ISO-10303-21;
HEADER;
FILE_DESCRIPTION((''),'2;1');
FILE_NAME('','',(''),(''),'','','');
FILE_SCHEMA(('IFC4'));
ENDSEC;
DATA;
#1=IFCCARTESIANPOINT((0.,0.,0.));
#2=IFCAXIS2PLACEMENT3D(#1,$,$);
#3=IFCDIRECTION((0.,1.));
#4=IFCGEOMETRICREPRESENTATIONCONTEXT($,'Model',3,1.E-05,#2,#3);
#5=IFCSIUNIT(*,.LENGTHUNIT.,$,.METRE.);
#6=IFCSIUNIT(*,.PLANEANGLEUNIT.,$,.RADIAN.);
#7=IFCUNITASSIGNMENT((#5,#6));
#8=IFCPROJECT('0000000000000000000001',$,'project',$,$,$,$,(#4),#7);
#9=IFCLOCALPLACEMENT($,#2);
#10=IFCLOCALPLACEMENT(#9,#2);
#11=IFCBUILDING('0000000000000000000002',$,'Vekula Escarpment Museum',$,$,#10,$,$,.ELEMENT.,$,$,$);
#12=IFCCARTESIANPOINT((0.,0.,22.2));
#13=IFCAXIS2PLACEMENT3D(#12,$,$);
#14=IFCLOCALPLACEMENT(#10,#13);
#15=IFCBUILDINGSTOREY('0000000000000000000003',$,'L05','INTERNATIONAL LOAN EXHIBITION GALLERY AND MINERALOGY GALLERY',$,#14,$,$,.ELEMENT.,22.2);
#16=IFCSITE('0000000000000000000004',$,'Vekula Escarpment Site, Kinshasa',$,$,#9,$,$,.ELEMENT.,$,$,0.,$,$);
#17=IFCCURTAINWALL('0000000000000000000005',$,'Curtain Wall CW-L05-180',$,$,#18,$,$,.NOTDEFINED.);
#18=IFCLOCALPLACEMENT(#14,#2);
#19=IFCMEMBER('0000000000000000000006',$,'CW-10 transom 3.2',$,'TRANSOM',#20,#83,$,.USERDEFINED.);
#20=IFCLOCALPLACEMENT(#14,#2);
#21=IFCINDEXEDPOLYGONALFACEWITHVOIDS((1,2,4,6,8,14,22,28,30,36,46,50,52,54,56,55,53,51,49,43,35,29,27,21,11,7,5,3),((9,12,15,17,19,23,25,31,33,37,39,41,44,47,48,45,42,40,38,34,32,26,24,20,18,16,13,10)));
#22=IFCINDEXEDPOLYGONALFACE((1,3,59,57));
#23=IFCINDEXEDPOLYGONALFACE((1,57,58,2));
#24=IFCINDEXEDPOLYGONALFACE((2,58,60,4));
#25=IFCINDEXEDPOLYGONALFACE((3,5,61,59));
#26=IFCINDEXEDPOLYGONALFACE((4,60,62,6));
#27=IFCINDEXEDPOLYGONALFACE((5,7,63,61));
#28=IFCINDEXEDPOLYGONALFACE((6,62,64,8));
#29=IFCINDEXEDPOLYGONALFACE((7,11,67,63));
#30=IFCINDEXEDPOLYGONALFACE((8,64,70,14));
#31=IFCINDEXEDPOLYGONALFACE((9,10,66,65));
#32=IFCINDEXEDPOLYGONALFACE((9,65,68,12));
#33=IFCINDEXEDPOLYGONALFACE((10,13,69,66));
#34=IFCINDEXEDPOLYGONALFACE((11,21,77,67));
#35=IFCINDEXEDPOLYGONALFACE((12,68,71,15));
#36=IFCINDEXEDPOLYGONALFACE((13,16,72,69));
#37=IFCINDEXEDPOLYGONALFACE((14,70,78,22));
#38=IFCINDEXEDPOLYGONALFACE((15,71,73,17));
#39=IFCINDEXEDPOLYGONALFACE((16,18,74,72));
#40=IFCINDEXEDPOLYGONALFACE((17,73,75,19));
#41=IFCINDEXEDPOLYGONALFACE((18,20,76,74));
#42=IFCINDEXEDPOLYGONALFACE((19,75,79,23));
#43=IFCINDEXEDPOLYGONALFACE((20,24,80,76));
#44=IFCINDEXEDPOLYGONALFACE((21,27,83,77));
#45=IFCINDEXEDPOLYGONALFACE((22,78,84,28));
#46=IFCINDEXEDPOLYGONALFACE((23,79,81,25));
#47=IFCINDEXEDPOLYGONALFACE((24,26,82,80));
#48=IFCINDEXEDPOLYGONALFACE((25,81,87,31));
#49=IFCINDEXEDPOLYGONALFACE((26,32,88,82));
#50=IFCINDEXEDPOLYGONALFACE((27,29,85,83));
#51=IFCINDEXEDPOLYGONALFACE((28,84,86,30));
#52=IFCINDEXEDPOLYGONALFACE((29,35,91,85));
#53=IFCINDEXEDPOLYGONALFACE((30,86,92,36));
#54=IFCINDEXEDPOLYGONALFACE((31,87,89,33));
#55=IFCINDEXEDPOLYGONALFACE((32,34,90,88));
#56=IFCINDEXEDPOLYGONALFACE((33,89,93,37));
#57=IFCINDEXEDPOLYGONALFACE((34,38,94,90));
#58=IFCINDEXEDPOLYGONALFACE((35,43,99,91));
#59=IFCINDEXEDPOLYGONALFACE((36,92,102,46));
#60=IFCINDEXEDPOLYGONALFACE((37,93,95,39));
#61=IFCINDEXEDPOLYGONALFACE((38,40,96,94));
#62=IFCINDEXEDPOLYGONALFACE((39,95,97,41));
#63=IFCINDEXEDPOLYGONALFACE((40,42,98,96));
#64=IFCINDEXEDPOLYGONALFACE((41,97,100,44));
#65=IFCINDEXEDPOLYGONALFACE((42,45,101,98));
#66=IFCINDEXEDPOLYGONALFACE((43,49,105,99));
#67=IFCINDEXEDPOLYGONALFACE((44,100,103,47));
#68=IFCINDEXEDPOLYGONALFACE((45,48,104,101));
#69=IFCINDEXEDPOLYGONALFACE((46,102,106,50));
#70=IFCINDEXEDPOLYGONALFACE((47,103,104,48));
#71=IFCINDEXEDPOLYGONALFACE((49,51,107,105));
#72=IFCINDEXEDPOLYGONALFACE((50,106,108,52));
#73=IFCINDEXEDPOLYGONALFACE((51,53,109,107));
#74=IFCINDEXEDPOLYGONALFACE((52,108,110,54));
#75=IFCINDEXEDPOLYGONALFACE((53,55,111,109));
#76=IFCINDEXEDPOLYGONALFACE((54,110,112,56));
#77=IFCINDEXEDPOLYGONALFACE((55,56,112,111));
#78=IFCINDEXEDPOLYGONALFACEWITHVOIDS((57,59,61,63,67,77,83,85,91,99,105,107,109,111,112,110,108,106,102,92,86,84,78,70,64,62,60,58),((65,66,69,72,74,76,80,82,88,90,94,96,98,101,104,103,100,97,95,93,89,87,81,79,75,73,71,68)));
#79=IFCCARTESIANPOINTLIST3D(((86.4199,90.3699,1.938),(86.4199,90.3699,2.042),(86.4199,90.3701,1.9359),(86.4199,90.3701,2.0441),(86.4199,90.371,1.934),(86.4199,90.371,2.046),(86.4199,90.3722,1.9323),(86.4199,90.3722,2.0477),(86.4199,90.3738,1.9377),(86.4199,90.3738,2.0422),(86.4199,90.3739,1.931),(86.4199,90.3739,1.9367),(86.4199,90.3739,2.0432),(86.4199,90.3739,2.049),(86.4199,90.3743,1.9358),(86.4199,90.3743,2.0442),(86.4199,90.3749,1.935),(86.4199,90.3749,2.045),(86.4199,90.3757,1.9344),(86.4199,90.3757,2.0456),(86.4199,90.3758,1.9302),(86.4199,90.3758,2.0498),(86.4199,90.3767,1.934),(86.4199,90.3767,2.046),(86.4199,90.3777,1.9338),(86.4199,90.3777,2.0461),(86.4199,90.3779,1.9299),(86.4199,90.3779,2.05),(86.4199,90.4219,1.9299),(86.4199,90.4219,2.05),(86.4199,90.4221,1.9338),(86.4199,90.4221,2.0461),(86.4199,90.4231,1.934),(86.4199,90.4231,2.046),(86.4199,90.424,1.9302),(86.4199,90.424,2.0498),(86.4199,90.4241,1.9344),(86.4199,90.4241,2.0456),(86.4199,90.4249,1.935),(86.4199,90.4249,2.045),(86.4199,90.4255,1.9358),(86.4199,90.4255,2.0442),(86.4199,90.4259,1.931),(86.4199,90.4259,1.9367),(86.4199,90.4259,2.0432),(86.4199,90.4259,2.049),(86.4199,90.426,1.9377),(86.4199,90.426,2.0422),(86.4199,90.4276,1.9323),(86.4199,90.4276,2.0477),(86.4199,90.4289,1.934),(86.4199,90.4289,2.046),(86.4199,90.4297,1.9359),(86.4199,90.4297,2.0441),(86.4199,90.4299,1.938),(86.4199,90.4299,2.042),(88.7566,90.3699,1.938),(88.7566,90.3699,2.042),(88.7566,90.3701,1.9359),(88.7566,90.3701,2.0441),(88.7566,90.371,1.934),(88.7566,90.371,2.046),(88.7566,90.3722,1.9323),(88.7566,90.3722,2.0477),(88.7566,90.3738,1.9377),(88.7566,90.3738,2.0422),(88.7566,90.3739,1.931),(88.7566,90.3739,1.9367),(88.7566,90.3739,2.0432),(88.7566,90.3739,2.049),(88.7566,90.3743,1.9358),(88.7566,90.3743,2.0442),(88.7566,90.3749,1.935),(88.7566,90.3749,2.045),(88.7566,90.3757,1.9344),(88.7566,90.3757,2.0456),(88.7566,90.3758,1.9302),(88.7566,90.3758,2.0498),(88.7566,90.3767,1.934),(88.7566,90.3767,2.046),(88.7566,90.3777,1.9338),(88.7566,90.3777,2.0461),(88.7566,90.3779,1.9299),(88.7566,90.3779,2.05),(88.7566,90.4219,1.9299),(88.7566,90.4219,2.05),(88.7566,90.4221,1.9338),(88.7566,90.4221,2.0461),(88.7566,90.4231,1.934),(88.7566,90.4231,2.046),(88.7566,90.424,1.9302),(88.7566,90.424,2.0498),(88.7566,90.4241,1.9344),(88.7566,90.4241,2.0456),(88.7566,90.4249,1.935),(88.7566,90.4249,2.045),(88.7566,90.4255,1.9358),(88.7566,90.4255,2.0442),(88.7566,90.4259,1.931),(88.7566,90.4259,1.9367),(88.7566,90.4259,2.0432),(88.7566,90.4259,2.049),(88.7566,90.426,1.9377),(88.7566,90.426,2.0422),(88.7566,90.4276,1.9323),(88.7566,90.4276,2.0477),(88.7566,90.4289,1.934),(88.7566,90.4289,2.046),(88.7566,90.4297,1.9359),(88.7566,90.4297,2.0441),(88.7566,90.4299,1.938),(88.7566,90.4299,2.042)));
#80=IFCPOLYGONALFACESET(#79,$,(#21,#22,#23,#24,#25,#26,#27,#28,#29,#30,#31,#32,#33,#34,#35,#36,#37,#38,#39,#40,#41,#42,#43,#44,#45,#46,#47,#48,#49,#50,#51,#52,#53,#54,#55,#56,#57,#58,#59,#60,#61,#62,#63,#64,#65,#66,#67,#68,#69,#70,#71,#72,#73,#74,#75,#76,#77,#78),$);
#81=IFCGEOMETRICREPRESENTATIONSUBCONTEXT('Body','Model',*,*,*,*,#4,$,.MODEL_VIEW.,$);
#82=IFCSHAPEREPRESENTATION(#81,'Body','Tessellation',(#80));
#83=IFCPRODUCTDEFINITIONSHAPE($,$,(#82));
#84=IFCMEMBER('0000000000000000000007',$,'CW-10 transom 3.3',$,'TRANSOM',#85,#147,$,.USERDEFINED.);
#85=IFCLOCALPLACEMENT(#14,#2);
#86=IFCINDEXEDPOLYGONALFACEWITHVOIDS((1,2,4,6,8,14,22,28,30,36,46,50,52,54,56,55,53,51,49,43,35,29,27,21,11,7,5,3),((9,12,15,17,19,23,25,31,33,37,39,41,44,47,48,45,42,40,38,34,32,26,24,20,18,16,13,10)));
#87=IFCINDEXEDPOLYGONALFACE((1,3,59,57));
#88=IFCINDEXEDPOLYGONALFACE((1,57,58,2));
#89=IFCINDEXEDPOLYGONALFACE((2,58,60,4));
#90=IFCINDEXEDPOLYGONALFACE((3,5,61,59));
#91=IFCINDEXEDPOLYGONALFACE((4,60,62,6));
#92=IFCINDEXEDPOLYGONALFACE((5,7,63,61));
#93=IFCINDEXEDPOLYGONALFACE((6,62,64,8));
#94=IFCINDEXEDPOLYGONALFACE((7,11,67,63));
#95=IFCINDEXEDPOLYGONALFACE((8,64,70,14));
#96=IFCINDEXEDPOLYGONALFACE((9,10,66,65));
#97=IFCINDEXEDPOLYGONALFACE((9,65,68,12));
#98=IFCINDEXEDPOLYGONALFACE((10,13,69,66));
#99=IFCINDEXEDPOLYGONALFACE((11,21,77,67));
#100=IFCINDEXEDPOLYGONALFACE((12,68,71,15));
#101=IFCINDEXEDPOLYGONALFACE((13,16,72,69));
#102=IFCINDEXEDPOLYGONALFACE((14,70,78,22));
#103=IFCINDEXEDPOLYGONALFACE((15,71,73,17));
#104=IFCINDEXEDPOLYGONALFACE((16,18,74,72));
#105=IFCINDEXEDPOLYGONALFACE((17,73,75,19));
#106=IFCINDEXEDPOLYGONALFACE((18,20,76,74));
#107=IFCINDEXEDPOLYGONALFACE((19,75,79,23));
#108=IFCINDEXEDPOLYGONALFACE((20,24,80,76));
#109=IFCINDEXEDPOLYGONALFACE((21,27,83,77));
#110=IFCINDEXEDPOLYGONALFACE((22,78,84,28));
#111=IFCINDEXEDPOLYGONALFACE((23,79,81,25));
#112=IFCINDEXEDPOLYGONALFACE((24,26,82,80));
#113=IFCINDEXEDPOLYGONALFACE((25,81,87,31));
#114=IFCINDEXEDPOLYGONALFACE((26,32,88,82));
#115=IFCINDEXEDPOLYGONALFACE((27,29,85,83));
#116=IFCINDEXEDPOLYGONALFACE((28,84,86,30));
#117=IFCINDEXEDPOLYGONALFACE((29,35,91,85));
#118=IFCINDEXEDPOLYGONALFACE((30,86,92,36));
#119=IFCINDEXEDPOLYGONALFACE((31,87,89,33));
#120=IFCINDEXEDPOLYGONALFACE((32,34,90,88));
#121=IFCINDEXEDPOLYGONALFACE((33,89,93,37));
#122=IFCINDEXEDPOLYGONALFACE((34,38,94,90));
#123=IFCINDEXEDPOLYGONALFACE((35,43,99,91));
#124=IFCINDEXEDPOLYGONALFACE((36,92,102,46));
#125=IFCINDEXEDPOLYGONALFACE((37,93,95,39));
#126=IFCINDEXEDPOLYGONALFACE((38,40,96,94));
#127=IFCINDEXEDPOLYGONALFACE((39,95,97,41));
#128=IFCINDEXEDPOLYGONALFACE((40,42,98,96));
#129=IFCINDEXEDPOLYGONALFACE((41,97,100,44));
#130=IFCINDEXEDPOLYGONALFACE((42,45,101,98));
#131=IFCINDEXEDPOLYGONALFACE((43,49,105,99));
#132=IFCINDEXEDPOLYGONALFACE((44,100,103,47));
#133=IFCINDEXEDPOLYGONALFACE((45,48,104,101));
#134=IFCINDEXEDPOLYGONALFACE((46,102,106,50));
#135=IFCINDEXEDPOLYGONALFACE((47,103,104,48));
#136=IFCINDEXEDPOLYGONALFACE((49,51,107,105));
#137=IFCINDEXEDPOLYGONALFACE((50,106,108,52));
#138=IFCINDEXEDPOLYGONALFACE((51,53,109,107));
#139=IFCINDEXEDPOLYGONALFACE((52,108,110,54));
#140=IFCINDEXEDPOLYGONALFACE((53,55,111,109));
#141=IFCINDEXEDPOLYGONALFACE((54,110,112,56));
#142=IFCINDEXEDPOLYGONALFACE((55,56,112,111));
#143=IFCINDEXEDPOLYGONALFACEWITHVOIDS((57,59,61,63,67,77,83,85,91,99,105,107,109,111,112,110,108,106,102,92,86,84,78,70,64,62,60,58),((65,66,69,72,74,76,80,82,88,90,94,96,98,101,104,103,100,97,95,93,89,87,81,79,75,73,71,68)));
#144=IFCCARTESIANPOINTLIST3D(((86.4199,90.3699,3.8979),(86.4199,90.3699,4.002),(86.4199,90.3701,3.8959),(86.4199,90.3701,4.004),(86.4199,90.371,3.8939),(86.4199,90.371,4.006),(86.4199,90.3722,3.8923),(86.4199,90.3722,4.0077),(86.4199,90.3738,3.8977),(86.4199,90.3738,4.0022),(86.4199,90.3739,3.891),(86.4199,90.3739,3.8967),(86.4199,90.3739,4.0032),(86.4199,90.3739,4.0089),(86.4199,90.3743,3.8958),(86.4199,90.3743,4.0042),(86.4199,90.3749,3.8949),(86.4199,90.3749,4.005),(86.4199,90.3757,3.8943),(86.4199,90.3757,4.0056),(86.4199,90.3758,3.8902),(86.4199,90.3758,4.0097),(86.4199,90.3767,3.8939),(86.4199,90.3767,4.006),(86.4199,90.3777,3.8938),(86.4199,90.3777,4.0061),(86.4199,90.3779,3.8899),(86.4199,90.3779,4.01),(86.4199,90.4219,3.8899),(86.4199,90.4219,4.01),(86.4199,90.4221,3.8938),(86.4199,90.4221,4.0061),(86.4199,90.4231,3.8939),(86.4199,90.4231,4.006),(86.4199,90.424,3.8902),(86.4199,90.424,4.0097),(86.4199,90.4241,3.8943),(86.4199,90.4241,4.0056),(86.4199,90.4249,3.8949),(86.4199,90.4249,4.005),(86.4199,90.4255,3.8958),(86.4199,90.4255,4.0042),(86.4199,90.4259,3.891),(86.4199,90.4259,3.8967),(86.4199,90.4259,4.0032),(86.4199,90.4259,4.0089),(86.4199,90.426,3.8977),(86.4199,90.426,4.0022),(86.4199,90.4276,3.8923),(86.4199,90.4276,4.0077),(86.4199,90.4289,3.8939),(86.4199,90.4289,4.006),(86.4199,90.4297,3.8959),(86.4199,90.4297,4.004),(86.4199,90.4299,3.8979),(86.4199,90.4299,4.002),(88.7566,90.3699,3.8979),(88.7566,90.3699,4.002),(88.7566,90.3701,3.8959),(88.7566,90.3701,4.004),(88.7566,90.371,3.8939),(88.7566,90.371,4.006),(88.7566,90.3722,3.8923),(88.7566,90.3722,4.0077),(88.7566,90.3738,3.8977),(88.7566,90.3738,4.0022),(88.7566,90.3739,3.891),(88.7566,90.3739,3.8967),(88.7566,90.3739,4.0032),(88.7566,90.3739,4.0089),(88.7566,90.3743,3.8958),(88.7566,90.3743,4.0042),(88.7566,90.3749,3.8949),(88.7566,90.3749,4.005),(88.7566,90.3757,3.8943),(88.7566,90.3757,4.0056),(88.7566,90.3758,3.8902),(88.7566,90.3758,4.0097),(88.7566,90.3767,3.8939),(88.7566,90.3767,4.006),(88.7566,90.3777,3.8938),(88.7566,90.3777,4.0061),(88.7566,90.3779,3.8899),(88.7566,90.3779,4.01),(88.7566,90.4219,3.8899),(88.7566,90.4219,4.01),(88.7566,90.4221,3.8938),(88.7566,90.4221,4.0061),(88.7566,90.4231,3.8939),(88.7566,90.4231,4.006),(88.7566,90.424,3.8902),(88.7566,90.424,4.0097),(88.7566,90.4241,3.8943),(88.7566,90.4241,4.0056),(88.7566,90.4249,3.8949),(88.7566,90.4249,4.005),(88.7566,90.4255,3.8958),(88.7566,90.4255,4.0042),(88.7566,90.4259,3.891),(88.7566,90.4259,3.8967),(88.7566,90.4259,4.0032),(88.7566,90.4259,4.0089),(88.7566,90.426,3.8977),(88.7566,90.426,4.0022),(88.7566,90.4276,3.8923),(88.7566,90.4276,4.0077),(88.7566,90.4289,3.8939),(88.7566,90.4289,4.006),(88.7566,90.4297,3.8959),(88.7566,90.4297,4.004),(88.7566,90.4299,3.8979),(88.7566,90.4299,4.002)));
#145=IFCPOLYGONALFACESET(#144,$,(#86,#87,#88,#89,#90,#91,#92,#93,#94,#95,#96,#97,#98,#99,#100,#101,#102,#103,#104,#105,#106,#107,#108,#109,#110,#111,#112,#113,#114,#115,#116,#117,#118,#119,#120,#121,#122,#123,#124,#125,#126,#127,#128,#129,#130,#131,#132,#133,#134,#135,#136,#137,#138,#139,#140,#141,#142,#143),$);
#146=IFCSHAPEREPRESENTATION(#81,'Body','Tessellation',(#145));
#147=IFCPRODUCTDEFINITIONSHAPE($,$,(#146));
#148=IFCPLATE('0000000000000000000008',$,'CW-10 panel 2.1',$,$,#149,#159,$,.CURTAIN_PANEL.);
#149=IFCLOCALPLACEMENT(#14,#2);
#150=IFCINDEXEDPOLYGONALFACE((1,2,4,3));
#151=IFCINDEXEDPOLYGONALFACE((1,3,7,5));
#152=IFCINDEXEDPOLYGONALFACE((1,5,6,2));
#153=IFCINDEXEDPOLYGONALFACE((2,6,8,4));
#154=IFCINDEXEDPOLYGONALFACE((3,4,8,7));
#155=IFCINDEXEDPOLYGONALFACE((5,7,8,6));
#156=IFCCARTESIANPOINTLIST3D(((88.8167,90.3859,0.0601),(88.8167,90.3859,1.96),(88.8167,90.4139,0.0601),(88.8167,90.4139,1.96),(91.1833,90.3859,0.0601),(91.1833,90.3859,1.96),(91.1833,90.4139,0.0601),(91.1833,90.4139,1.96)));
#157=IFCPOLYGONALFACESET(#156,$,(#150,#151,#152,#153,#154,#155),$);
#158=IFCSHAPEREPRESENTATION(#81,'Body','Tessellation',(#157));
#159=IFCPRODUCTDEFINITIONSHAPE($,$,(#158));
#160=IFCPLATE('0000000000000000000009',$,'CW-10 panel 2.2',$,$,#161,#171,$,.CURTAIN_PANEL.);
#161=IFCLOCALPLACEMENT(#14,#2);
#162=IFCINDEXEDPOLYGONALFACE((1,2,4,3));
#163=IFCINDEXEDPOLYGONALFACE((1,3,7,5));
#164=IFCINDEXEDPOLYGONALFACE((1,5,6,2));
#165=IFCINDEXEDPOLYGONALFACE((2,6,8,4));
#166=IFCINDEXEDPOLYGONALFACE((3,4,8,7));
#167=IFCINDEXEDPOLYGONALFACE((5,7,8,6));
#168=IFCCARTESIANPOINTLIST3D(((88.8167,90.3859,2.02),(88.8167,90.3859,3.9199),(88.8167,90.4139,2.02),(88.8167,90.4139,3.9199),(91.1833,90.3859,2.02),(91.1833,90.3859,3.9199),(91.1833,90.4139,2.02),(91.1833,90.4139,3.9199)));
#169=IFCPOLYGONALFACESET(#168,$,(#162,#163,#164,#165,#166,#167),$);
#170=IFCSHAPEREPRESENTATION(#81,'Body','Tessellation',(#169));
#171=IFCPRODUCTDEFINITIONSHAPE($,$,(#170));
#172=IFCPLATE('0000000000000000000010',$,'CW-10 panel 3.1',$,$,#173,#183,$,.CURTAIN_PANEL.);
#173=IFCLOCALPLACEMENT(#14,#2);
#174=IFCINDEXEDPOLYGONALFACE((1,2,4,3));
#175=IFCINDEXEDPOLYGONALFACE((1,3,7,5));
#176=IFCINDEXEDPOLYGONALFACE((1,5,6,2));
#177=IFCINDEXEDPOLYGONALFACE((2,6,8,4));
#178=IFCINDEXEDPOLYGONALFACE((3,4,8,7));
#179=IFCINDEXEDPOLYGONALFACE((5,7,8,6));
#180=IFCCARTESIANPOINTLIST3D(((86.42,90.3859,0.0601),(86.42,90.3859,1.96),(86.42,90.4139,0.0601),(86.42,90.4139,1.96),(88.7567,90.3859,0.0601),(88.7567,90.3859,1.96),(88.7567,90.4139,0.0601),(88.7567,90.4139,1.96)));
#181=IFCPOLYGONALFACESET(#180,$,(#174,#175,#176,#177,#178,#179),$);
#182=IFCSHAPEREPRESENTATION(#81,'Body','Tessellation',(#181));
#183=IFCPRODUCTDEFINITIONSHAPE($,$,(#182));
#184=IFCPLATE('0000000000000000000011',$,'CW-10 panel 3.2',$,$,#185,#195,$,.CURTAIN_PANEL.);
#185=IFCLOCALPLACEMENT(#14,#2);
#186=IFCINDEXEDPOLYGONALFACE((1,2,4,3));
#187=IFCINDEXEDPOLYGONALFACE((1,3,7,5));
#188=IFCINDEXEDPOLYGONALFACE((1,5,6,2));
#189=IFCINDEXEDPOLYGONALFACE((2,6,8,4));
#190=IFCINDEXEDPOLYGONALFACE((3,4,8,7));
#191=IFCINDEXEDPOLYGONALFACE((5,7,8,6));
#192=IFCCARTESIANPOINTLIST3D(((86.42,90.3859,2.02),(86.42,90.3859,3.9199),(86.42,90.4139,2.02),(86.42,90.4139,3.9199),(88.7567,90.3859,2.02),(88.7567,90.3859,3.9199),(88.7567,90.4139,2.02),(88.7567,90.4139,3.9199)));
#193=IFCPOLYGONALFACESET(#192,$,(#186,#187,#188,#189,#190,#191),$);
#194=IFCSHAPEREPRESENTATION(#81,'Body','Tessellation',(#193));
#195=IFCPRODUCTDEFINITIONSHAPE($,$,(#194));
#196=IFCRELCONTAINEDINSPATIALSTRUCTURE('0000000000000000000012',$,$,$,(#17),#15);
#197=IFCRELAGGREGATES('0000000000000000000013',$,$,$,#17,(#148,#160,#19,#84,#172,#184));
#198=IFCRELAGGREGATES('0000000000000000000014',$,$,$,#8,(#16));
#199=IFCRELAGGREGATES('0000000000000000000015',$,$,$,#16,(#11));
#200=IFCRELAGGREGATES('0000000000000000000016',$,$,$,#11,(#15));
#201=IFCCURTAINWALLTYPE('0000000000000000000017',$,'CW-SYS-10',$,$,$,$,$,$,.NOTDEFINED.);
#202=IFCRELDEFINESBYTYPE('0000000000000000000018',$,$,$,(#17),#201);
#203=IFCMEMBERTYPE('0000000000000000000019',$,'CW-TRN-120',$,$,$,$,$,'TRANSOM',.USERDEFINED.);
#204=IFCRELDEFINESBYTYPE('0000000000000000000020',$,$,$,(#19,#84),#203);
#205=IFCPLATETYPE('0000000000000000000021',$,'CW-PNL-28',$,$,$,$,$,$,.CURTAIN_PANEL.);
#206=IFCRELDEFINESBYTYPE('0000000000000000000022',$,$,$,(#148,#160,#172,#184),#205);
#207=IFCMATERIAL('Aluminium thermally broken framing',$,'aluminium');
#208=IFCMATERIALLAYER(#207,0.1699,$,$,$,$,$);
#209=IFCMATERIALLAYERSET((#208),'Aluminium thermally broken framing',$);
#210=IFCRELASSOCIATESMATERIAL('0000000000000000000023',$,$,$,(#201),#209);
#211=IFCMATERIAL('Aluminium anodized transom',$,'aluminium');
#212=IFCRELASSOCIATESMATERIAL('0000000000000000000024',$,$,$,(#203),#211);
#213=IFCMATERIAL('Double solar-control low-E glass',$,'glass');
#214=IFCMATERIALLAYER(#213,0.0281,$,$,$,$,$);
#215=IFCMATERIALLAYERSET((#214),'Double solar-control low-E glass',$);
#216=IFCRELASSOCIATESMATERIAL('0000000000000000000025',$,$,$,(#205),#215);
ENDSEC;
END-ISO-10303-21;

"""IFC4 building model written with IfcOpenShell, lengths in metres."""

from ifc_helpers import new_model, si_unit, direction, frame, origin, origin_2d, place, context, subcontext, project, spatial, rectangle, hollow_rectangle, extrude, material, layer, layer_set, material_profile, profile_set, type_object, element, aggregate, save


model = new_model("IFC4")

# Units and contexts
model_context = context("Model", 3, precision=1e-05, world=origin(), true_north=direction((0.0, 1.0)))
body_context = subcontext(model_context, "Body", "Model", "MODEL_VIEW")
ifc_project = project(units=[si_unit("LENGTHUNIT", "METRE"), si_unit("PLANEANGLEUNIT", "RADIAN")], contexts=[model_context])

# Site, building, storey
site_placement = place(None, origin())
site = spatial("IfcSite", under=ifc_project, at=site_placement, Name="Vekula Escarpment Site, Kinshasa", CompositionType="ELEMENT", RefElevation=0.0)
building_placement = place(site_placement, origin())
building = spatial("IfcBuilding", under=site, at=building_placement, Name="Vekula Escarpment Museum", CompositionType="ELEMENT")
storey_placement = place(building_placement, frame((0.0, 0.0, 22.2)))
storey = spatial("IfcBuildingStorey", under=building, at=storey_placement, Name="L05", Description="INTERNATIONAL LOAN EXHIBITION GALLERY AND MINERALOGY GALLERY", CompositionType="ELEMENT", Elevation=22.2)

# Curtain wall, members, plates
ifc_material_1 = material(Name="Aluminium thermally broken framing", Category="aluminium")
ifc_layer_1 = layer(ifc_material_1, 0.1699)
ifc_layer_set_1 = layer_set([ifc_layer_1], Name="Aluminium thermally broken framing")
curtain_wall_type = type_object("IfcCurtainWallType", Name="CW-SYS-10", PredefinedType="NOTDEFINED", material=ifc_layer_set_1)
curtain_wall_placement = place(storey_placement, origin())
curtain_wall = element("IfcCurtainWall", 1, at=curtain_wall_placement, inside=storey, type_object=curtain_wall_type, Name="Curtain Wall CW-L05-180", PredefinedType="NOTDEFINED")
ifc_material_2 = material(Name="Aluminium anodized transom", Category="aluminium")
ifc_material_profile_1 = material_profile(ifc_material_2, hollow_rectangle(XDim=0.0601, YDim=0.1201, WallThickness=0.0039, InnerFilletRadius=0.0039, OuterFilletRadius=0.0081, at=origin_2d()), Name="ALU 120x60x4")
ifc_profile_set_1 = profile_set([ifc_material_profile_1], Name="Aluminium anodized transom")
member_type_1 = type_object("IfcMemberType", Name="CW-TRN-120", ElementType="TRANSOM", PredefinedType="USERDEFINED", material=ifc_profile_set_1)
member_1_placement = place(storey_placement, frame((88.7566, 90.3999, 1.99), z_axis=(-1.0, 0.0, 0.0), x_axis=(0.0, -1.0, 0.0)))
member_1 = element("IfcMember", 2, at=member_1_placement, type_object=member_type_1, Name="CW-10 transom 3.2", ObjectType="TRANSOM", PredefinedType="USERDEFINED", context=body_context, shape_type="SweptSolid", body=[
    extrude(hollow_rectangle(XDim=0.0601, YDim=0.1201, WallThickness=0.0039, InnerFilletRadius=0.0039, OuterFilletRadius=0.0081, at=origin_2d()), origin(), (0.0, 0.0, 1.0), 2.3367),
])
member_2_placement = place(storey_placement, frame((88.7566, 90.3999, 3.95), z_axis=(-1.0, 0.0, 0.0), x_axis=(0.0, -1.0, 0.0)))
member_2 = element("IfcMember", 3, at=member_2_placement, type_object=member_type_1, Name="CW-10 transom 3.3", ObjectType="TRANSOM", PredefinedType="USERDEFINED", context=body_context, shape_type="SweptSolid", body=[
    extrude(hollow_rectangle(XDim=0.0601, YDim=0.1201, WallThickness=0.0039, InnerFilletRadius=0.0039, OuterFilletRadius=0.0081, at=origin_2d()), origin(), (0.0, 0.0, 1.0), 2.3367),
])
ifc_material_3 = material(Name="Double solar-control low-E glass", Category="glass")
ifc_layer_2 = layer(ifc_material_3, 0.0281)
ifc_layer_set_2 = layer_set([ifc_layer_2], Name="Double solar-control low-E glass")
plate_type = type_object("IfcPlateType", Name="CW-PNL-28", PredefinedType="CURTAIN_PANEL", material=ifc_layer_set_2)
plate_1_placement = place(storey_placement, frame((90.0, 90.3999, 0.0601), z_axis=(0.0, 0.0, 1.0), x_axis=(-1.0, 0.0, 0.0)))
plate_1 = element("IfcPlate", 4, at=plate_1_placement, type_object=plate_type, Name="CW-10 panel 2.1", PredefinedType="CURTAIN_PANEL", context=body_context, shape_type="SweptSolid", body=[
    extrude(rectangle(XDim=2.3667, YDim=0.0281, at=origin_2d()), origin(), (0.0, 0.0, 1.0), 1.8999),
])
plate_2_placement = place(storey_placement, frame((90.0, 90.3999, 2.02), z_axis=(0.0, 0.0, 1.0), x_axis=(-1.0, 0.0, 0.0)))
plate_2 = element("IfcPlate", 5, at=plate_2_placement, type_object=plate_type, Name="CW-10 panel 2.2", PredefinedType="CURTAIN_PANEL", context=body_context, shape_type="SweptSolid", body=[
    extrude(rectangle(XDim=2.3667, YDim=0.0281, at=origin_2d()), origin(), (0.0, 0.0, 1.0), 1.8999),
])
plate_3_placement = place(storey_placement, frame((87.5884, 90.3999, 0.0601), z_axis=(0.0, 0.0, 1.0), x_axis=(-1.0, 0.0, 0.0)))
plate_3 = element("IfcPlate", 6, at=plate_3_placement, type_object=plate_type, Name="CW-10 panel 3.1", PredefinedType="CURTAIN_PANEL", context=body_context, shape_type="SweptSolid", body=[
    extrude(rectangle(XDim=2.3367, YDim=0.0281, at=origin_2d()), origin(), (0.0, 0.0, 1.0), 1.8999),
])
plate_4_placement = place(storey_placement, frame((87.5884, 90.3999, 2.02), z_axis=(0.0, 0.0, 1.0), x_axis=(-1.0, 0.0, 0.0)))
plate_4 = element("IfcPlate", 7, at=plate_4_placement, type_object=plate_type, Name="CW-10 panel 3.2", PredefinedType="CURTAIN_PANEL", context=body_context, shape_type="SweptSolid", body=[
    extrude(rectangle(XDim=2.3367, YDim=0.0281, at=origin_2d()), origin(), (0.0, 0.0, 1.0), 1.8999),
])
aggregate(curtain_wall, [plate_1, plate_2, member_1, member_2, plate_3, plate_4])

save(model, "model.ifc")
